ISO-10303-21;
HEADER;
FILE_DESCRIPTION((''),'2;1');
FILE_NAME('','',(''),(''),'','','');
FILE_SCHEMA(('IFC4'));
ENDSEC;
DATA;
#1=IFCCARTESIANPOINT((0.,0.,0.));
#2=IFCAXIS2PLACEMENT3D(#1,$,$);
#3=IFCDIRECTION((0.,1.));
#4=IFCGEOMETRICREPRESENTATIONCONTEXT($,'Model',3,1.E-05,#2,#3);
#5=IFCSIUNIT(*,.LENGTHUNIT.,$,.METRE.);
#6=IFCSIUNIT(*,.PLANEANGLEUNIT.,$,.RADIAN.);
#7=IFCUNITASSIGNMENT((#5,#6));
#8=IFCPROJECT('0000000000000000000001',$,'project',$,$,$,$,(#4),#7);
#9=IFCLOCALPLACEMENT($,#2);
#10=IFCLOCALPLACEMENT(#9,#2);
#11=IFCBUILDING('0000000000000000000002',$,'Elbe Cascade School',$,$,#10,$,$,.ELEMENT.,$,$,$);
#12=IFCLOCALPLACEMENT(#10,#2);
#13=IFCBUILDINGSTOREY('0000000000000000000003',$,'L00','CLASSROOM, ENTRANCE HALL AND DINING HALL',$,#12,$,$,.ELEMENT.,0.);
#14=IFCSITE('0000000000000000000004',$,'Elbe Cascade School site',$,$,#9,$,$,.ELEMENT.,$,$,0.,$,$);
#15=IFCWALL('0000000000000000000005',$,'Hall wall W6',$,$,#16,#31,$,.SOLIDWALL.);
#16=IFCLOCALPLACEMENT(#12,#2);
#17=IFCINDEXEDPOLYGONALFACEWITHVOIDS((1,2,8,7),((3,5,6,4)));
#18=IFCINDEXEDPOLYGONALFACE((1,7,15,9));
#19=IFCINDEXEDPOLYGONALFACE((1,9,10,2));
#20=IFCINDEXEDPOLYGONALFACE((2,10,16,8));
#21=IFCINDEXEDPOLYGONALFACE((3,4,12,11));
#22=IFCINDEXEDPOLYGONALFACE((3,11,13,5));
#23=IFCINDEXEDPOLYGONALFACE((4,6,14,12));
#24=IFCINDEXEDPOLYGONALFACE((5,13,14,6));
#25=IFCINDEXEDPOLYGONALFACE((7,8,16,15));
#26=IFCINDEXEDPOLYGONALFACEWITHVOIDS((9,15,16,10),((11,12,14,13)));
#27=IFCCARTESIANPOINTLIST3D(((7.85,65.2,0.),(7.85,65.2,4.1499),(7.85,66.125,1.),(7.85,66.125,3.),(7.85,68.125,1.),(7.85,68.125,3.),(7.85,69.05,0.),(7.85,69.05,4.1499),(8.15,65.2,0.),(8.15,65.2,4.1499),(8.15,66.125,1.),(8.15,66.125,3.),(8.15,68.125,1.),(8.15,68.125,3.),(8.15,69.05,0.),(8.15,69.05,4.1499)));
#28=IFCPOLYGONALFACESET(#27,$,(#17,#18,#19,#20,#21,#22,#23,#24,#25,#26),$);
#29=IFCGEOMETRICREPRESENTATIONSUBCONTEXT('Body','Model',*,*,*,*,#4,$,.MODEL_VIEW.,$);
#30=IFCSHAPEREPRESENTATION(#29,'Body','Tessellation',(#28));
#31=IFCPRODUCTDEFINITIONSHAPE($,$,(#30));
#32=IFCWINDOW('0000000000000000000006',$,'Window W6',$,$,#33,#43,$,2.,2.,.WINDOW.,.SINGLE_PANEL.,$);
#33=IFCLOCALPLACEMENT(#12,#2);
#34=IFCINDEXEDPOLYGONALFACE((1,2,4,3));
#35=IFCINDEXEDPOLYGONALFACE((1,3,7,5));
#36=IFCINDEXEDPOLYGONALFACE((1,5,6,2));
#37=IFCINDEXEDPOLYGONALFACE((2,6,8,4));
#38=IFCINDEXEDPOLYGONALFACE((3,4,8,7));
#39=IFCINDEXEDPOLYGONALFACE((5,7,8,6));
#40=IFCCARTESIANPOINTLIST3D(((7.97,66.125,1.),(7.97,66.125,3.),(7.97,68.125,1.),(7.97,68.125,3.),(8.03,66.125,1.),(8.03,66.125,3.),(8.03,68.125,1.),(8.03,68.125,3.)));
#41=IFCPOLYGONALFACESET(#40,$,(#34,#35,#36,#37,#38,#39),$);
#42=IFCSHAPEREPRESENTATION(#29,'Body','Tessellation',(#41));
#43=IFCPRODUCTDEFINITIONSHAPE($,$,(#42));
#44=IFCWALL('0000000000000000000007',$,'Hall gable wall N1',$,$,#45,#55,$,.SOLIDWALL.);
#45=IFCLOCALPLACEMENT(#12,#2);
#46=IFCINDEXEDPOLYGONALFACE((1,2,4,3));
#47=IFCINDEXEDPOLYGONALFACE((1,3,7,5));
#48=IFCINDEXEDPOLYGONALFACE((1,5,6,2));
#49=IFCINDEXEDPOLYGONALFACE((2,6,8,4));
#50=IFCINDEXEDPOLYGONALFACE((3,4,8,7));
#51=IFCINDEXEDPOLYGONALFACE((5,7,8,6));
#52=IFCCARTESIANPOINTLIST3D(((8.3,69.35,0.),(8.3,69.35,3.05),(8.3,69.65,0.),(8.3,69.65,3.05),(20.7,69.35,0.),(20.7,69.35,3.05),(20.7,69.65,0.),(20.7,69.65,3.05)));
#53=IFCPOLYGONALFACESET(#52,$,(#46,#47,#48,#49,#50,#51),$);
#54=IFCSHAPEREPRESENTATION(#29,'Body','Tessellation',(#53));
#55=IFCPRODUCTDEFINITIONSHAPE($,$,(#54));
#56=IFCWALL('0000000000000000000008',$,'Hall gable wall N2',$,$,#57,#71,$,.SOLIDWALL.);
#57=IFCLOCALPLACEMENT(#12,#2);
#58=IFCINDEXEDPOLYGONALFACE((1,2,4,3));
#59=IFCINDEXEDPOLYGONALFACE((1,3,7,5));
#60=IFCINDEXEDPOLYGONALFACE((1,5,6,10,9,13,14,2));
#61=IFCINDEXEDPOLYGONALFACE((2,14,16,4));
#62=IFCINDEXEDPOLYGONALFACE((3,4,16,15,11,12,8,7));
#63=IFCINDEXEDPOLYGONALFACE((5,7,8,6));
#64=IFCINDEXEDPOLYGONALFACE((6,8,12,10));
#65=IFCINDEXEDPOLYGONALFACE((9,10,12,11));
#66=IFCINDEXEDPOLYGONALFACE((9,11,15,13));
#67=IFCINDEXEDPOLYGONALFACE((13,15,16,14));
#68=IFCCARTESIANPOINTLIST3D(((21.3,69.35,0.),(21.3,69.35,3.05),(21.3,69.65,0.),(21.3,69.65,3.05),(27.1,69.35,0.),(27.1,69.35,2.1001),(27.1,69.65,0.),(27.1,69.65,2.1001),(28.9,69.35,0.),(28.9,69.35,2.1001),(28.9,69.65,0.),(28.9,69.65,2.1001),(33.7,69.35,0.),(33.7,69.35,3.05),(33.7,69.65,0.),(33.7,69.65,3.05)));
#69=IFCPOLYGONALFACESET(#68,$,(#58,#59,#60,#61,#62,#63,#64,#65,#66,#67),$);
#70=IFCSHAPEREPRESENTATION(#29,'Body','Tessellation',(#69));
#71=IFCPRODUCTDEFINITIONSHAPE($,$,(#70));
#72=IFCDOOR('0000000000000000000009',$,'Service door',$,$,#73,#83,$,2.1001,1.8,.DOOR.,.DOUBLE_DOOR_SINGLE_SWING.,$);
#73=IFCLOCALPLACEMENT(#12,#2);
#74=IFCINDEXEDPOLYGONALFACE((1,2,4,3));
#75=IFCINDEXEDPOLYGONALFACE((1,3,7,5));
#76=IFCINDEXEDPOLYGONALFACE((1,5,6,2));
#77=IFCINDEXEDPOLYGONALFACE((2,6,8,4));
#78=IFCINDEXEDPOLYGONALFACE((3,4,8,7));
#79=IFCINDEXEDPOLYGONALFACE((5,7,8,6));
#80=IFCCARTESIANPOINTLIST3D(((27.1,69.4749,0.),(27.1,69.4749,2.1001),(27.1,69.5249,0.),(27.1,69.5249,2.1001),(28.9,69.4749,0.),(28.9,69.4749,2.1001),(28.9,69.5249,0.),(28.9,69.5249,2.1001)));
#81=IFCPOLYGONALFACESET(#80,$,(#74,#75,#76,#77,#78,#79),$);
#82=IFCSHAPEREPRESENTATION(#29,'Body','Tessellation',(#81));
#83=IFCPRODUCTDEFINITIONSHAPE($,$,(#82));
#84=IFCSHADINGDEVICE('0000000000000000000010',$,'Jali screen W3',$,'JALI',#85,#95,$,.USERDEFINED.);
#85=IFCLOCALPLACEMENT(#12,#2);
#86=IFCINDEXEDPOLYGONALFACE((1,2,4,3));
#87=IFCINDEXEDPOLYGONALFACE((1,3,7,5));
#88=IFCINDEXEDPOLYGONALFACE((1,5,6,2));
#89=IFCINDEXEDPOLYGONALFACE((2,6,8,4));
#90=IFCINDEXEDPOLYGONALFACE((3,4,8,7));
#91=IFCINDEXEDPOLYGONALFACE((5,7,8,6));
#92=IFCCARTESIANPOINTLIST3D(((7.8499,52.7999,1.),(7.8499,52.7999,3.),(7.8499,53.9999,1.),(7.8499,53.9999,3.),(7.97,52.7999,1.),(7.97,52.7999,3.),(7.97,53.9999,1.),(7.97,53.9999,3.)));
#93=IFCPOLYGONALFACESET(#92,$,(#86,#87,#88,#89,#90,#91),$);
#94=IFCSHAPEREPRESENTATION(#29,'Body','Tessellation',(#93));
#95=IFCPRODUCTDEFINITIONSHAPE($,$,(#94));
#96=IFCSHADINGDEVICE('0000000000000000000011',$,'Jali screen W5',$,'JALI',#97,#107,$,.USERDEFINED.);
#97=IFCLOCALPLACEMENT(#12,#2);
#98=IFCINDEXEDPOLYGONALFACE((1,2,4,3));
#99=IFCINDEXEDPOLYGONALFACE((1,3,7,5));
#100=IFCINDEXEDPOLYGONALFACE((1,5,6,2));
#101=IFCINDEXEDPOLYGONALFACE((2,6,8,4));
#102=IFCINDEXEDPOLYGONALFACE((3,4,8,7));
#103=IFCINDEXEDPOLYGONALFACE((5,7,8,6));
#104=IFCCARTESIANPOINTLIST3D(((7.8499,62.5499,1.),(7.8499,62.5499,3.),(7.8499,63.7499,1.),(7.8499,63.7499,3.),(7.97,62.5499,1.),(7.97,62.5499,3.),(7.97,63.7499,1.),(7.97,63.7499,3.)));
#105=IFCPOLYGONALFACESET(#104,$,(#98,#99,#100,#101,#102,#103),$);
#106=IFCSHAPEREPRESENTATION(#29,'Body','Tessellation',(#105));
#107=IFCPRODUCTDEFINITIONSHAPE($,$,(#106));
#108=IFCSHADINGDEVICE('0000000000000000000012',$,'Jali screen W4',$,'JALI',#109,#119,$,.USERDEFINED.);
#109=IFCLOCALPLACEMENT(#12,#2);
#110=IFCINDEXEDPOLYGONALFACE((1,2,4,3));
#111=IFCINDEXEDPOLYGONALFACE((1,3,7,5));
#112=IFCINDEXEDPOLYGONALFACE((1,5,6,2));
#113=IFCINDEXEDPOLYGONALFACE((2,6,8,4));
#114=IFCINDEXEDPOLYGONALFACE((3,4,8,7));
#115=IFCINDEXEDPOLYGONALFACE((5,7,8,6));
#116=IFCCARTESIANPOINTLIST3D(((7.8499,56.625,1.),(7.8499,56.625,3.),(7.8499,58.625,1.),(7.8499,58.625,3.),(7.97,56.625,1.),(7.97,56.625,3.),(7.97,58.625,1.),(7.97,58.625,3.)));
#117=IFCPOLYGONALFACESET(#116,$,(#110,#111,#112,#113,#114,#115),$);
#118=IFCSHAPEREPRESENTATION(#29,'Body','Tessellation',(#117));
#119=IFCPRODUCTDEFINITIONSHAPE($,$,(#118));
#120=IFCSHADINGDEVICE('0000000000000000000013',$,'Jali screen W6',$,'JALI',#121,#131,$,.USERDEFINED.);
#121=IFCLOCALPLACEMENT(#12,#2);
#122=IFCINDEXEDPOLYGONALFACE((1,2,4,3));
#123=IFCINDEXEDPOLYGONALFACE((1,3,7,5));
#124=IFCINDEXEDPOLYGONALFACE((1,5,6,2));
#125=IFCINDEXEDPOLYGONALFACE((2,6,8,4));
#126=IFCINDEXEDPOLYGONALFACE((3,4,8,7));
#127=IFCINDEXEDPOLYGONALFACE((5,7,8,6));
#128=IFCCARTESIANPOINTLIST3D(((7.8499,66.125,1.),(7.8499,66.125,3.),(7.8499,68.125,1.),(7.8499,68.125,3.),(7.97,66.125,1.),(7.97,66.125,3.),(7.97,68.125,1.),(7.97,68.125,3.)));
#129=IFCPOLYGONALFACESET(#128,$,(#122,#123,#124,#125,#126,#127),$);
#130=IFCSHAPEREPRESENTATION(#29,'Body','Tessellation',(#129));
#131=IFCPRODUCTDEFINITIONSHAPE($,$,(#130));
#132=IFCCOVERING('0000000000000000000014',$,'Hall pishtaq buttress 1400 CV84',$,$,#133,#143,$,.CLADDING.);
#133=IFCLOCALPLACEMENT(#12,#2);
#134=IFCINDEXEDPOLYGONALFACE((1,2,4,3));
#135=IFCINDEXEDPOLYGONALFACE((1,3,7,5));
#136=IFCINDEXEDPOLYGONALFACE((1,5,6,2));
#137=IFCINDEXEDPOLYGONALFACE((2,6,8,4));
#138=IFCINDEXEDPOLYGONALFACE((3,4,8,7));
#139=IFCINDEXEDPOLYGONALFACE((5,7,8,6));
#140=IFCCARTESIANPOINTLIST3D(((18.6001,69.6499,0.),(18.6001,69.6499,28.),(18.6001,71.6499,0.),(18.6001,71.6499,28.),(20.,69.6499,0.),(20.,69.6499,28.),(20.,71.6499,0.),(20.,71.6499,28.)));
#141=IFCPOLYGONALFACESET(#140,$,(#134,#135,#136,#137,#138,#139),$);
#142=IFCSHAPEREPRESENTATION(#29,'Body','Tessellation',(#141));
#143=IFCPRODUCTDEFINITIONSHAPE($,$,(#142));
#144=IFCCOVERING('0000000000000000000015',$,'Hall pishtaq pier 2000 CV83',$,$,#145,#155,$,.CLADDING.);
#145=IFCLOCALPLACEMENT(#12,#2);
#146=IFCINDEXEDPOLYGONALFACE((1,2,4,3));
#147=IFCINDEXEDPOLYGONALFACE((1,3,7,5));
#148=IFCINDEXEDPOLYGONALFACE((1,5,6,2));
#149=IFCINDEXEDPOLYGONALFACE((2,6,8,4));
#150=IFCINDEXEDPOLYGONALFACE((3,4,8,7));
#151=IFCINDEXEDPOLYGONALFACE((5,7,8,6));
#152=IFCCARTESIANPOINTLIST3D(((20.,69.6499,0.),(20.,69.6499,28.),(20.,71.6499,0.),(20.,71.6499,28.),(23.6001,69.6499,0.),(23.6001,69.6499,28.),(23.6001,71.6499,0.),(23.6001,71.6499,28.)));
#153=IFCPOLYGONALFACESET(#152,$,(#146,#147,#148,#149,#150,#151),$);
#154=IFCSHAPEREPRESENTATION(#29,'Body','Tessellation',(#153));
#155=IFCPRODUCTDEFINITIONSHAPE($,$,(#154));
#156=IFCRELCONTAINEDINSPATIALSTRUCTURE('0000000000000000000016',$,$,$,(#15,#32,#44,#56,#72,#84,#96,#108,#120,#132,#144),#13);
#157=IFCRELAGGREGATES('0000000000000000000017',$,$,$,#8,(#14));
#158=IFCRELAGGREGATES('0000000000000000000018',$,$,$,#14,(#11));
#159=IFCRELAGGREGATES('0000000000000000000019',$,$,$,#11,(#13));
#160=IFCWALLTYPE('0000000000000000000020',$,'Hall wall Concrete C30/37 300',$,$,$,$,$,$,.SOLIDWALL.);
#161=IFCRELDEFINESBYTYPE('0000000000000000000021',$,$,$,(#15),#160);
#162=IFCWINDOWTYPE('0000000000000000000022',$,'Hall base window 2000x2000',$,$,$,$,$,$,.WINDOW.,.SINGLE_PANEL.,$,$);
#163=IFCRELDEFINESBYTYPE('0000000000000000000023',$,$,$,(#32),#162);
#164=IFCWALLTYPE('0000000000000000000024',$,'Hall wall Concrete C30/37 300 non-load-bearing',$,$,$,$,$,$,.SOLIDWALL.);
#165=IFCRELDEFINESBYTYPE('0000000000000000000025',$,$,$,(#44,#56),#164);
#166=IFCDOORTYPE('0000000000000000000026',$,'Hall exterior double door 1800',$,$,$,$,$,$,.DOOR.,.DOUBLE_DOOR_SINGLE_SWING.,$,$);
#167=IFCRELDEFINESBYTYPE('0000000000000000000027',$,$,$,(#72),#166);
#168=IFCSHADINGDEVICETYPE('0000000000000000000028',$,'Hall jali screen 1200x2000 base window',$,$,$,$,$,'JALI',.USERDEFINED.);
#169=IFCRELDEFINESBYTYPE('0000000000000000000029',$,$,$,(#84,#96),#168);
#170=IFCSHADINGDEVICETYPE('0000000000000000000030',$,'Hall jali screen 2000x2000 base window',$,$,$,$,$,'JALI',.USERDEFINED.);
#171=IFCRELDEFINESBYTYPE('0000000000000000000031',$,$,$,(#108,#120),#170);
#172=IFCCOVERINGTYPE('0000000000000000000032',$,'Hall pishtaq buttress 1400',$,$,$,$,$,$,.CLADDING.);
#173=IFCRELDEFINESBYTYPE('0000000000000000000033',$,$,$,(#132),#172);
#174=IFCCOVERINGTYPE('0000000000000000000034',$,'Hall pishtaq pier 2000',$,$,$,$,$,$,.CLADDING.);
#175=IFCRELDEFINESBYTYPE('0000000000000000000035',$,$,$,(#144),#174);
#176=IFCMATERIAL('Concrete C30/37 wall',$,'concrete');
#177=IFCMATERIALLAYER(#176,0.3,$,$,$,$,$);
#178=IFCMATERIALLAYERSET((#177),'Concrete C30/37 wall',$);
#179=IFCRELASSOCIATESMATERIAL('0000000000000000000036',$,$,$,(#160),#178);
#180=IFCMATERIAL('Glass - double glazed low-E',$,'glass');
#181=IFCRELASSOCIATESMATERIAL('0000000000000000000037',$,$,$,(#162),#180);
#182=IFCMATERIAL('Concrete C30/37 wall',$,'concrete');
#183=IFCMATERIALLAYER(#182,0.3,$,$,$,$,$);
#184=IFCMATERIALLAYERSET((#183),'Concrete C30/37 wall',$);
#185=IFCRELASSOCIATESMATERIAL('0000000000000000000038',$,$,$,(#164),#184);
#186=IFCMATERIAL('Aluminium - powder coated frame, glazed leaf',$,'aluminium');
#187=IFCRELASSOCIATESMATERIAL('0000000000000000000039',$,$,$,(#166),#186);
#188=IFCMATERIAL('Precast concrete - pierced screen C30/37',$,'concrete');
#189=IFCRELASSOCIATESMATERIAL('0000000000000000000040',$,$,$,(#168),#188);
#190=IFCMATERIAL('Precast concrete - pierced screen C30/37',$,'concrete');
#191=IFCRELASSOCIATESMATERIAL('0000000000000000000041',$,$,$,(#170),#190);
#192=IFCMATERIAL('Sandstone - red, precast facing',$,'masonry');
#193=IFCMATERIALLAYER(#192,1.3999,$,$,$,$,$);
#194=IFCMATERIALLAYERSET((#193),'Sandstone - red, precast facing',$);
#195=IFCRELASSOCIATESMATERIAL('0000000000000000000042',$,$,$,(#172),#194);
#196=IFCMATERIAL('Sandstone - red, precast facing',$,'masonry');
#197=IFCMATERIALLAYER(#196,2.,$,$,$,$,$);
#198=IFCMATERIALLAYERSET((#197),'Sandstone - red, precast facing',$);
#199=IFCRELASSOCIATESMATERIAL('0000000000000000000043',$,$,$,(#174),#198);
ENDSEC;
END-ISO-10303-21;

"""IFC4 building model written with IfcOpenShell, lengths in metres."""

from ifc_helpers import new_model, si_unit, direction, frame, frame_2d, origin, origin_2d, place, context, subcontext, project, spatial, rectangle, extrude, material, layer, layer_set, type_object, element, fill, save


model = new_model("IFC4")

# Units and contexts
model_context = context("Model", 3, precision=1e-05, world=origin(), true_north=direction((0.0, 1.0)))
body_context = subcontext(model_context, "Body", "Model", "MODEL_VIEW")
ifc_project = project(units=[si_unit("LENGTHUNIT", "METRE"), si_unit("PLANEANGLEUNIT", "RADIAN")], contexts=[model_context])

# Site, building, storey
site_placement = place(None, origin())
site = spatial("IfcSite", under=ifc_project, at=site_placement, Name="Elbe Cascade School site", CompositionType="ELEMENT", RefElevation=0.0)
building_placement = place(site_placement, origin())
building = spatial("IfcBuilding", under=site, at=building_placement, Name="Elbe Cascade School", CompositionType="ELEMENT")
storey_placement = place(building_placement, origin())
storey = spatial("IfcBuildingStorey", under=building, at=storey_placement, Name="L00", Description="CLASSROOM, ENTRANCE HALL AND DINING HALL", CompositionType="ELEMENT", Elevation=0.0)

# Wall, opening, window
ifc_material_1 = material(Name="Concrete C30/37 wall", Category="concrete")
ifc_layer_1 = layer(ifc_material_1, 0.3)
ifc_layer_set_1 = layer_set([ifc_layer_1], Name="Concrete C30/37 wall")
wall_type_1 = type_object("IfcWallType", Name="Hall wall Concrete C30/37 300", PredefinedType="SOLIDWALL", material=ifc_layer_set_1)
wall_1_placement = place(storey_placement, frame((8.0, 65.2, 0.0), z_axis=(0.0, 0.0, 1.0), x_axis=(0.0, 1.0, 0.0)))
wall_1 = element("IfcWall", 1, at=wall_1_placement, inside=storey, type_object=wall_type_1, Name="Hall wall W6", PredefinedType="SOLIDWALL", context=body_context, shape_type="SweptSolid", body=[
    extrude(rectangle(XDim=3.8501, YDim=0.3, at=frame_2d((1.925, 0.0))), origin(), (0.0, 0.0, 1.0), 4.1499),
])
opening_1_placement = place(wall_1_placement, frame((0.925, 0.0, 1.0)))
opening_1 = element("IfcOpeningElement", 2, at=opening_1_placement, cuts=wall_1, PredefinedType="OPENING", context=body_context, shape_type="SweptSolid", body=[
    extrude(rectangle(XDim=2.0, YDim=2.0, at=frame_2d((1.0, 1.0))), frame((0.0, 0.1599, 0.0), z_axis=(0.0, -1.0, 0.0), x_axis=(1.0, 0.0, 0.0)), (0.0, 0.0, 1.0), 0.3201),
])
ifc_material_2 = material(Name="Glass - double glazed low-E", Category="glass")
window_type = type_object("IfcWindowType", Name="Hall base window 2000x2000", PartitioningType="SINGLE_PANEL", PredefinedType="WINDOW", material=ifc_material_2)
window_placement = place(opening_1_placement, origin())
window = element("IfcWindow", 3, at=window_placement, inside=storey, type_object=window_type, Name="Window W6", OverallHeight=2.0, OverallWidth=2.0, PartitioningType="SINGLE_PANEL", PredefinedType="WINDOW", context=body_context, shape_type="SweptSolid", body=[
    extrude(rectangle(XDim=2.0, YDim=2.0, at=frame_2d((1.0, 1.0))), frame((0.0, 0.03, 0.0), z_axis=(0.0, -1.0, 0.0), x_axis=(1.0, 0.0, 0.0)), (0.0, 0.0, 1.0), 0.0601),
])
fill(opening_1, window)

# Wall
ifc_material_3 = material(Name="Concrete C30/37 wall", Category="concrete")
ifc_layer_2 = layer(ifc_material_3, 0.3)
ifc_layer_set_2 = layer_set([ifc_layer_2], Name="Concrete C30/37 wall")
wall_type_2 = type_object("IfcWallType", Name="Hall wall Concrete C30/37 300 non-load-bearing", PredefinedType="SOLIDWALL", material=ifc_layer_set_2)
wall_2_placement = place(storey_placement, frame((8.3, 69.5, 0.0), z_axis=(0.0, 0.0, 1.0), x_axis=(1.0, 0.0, 0.0)))
element("IfcWall", 4, at=wall_2_placement, inside=storey, type_object=wall_type_2, Name="Hall gable wall N1", PredefinedType="SOLIDWALL", context=body_context, shape_type="SweptSolid", body=[
    extrude(rectangle(XDim=12.3999, YDim=0.3, at=frame_2d((6.2, 0.0))), origin(), (0.0, 0.0, 1.0), 3.05),
])

# Wall, opening, door
wall_3_placement = place(storey_placement, frame((21.3, 69.5, 0.0), z_axis=(0.0, 0.0, 1.0), x_axis=(1.0, 0.0, 0.0)))
wall_3 = element("IfcWall", 5, at=wall_3_placement, inside=storey, type_object=wall_type_2, Name="Hall gable wall N2", PredefinedType="SOLIDWALL", context=body_context, shape_type="SweptSolid", body=[
    extrude(rectangle(XDim=12.3999, YDim=0.3, at=frame_2d((6.2, 0.0))), origin(), (0.0, 0.0, 1.0), 3.05),
])
opening_2_placement = place(wall_3_placement, frame((5.8, 0.0, 0.0)))
opening_2 = element("IfcOpeningElement", 6, at=opening_2_placement, cuts=wall_3, PredefinedType="OPENING", context=body_context, shape_type="SweptSolid", body=[
    extrude(rectangle(XDim=1.8, YDim=2.1001, at=frame_2d((0.8999, 1.05))), frame((0.0, 0.1599, 0.0), z_axis=(0.0, -1.0, 0.0), x_axis=(1.0, 0.0, 0.0)), (0.0, 0.0, 1.0), 0.3201),
])
ifc_material_4 = material(Name="Aluminium - powder coated frame, glazed leaf", Category="aluminium")
door_type = type_object("IfcDoorType", Name="Hall exterior double door 1800", OperationType="DOUBLE_DOOR_SINGLE_SWING", PredefinedType="DOOR", material=ifc_material_4)
door_placement = place(opening_2_placement, origin())
door = element("IfcDoor", 7, at=door_placement, inside=storey, type_object=door_type, Name="Service door", OperationType="DOUBLE_DOOR_SINGLE_SWING", OverallHeight=2.1001, OverallWidth=1.8, PredefinedType="DOOR", context=body_context, shape_type="SweptSolid", body=[
    extrude(rectangle(XDim=1.8, YDim=2.1001, at=frame_2d((0.8999, 1.05))), frame((0.0, 0.0249, 0.0), z_axis=(0.0, -1.0, 0.0), x_axis=(1.0, 0.0, 0.0)), (0.0, 0.0, 1.0), 0.05),
])
fill(opening_2, door)

# Shading devices
ifc_material_5 = material(Name="Precast concrete - pierced screen C30/37", Category="concrete")
shading_device_type_1 = type_object("IfcShadingDeviceType", Name="Hall jali screen 1200x2000 base window", ElementType="JALI", PredefinedType="USERDEFINED", material=ifc_material_5)
for number, where, z_axis, x_axis, name in (
    (8, (7.9099, 53.3999, 1.0), (0.0, 0.0, 1.0), (1.0, 0.0, 0.0), "Jali screen W3"),
    (9, (7.9099, 63.1499, 1.0), (0.0, 0.0, 1.0), (1.0, 0.0, 0.0), "Jali screen W5"),
):
    element("IfcShadingDevice", number, at=place(storey_placement, frame(where, z_axis=z_axis, x_axis=x_axis)), inside=storey, type_object=shading_device_type_1, Name=name, ObjectType="JALI", PredefinedType="USERDEFINED", context=body_context, shape_type="SweptSolid", body=[
        extrude(rectangle(XDim=0.1201, YDim=1.2, at=origin_2d()), origin(), (0.0, 0.0, 1.0), 2.0),
    ])
ifc_material_6 = material(Name="Precast concrete - pierced screen C30/37", Category="concrete")
shading_device_type_2 = type_object("IfcShadingDeviceType", Name="Hall jali screen 2000x2000 base window", ElementType="JALI", PredefinedType="USERDEFINED", material=ifc_material_6)
for number, where, z_axis, x_axis, name in (
    (10, (7.9099, 57.625, 1.0), (0.0, 0.0, 1.0), (1.0, 0.0, 0.0), "Jali screen W4"),
    (11, (7.9099, 67.125, 1.0), (0.0, 0.0, 1.0), (1.0, 0.0, 0.0), "Jali screen W6"),
):
    element("IfcShadingDevice", number, at=place(storey_placement, frame(where, z_axis=z_axis, x_axis=x_axis)), inside=storey, type_object=shading_device_type_2, Name=name, ObjectType="JALI", PredefinedType="USERDEFINED", context=body_context, shape_type="SweptSolid", body=[
        extrude(rectangle(XDim=0.1201, YDim=2.0, at=origin_2d()), origin(), (0.0, 0.0, 1.0), 2.0),
    ])

# Coverings
ifc_material_7 = material(Name="Sandstone - red, precast facing", Category="masonry")
ifc_layer_3 = layer(ifc_material_7, 1.3999)
ifc_layer_set_3 = layer_set([ifc_layer_3], Name="Sandstone - red, precast facing")
covering_type_1 = type_object("IfcCoveringType", Name="Hall pishtaq buttress 1400", PredefinedType="CLADDING", material=ifc_layer_set_3)
covering_1_placement = place(storey_placement, frame((19.3, 69.6499, 0.0), z_axis=(0.0, 0.0, 1.0), x_axis=(0.0, 1.0, 0.0)))
element("IfcCovering", 12, at=covering_1_placement, inside=storey, type_object=covering_type_1, Name="Hall pishtaq buttress 1400 CV84", PredefinedType="CLADDING", context=body_context, shape_type="SweptSolid", body=[
    extrude(rectangle(XDim=2.0, YDim=1.3999, at=frame_2d((1.0, 0.0))), origin(), (0.0, 0.0, 1.0), 28.0),
])
ifc_material_8 = material(Name="Sandstone - red, precast facing", Category="masonry")
ifc_layer_4 = layer(ifc_material_8, 2.0)
ifc_layer_set_4 = layer_set([ifc_layer_4], Name="Sandstone - red, precast facing")
covering_type_2 = type_object("IfcCoveringType", Name="Hall pishtaq pier 2000", PredefinedType="CLADDING", material=ifc_layer_set_4)
covering_2_placement = place(storey_placement, frame((20.0, 70.6499, 0.0), z_axis=(0.0, 0.0, 1.0), x_axis=(1.0, 0.0, 0.0)))
element("IfcCovering", 13, at=covering_2_placement, inside=storey, type_object=covering_type_2, Name="Hall pishtaq pier 2000 CV83", PredefinedType="CLADDING", context=body_context, shape_type="SweptSolid", body=[
    extrude(rectangle(XDim=3.6001, YDim=2.0, at=frame_2d((1.8, 0.0))), origin(), (0.0, 0.0, 1.0), 28.0),
])

save(model, "model.ifc")
